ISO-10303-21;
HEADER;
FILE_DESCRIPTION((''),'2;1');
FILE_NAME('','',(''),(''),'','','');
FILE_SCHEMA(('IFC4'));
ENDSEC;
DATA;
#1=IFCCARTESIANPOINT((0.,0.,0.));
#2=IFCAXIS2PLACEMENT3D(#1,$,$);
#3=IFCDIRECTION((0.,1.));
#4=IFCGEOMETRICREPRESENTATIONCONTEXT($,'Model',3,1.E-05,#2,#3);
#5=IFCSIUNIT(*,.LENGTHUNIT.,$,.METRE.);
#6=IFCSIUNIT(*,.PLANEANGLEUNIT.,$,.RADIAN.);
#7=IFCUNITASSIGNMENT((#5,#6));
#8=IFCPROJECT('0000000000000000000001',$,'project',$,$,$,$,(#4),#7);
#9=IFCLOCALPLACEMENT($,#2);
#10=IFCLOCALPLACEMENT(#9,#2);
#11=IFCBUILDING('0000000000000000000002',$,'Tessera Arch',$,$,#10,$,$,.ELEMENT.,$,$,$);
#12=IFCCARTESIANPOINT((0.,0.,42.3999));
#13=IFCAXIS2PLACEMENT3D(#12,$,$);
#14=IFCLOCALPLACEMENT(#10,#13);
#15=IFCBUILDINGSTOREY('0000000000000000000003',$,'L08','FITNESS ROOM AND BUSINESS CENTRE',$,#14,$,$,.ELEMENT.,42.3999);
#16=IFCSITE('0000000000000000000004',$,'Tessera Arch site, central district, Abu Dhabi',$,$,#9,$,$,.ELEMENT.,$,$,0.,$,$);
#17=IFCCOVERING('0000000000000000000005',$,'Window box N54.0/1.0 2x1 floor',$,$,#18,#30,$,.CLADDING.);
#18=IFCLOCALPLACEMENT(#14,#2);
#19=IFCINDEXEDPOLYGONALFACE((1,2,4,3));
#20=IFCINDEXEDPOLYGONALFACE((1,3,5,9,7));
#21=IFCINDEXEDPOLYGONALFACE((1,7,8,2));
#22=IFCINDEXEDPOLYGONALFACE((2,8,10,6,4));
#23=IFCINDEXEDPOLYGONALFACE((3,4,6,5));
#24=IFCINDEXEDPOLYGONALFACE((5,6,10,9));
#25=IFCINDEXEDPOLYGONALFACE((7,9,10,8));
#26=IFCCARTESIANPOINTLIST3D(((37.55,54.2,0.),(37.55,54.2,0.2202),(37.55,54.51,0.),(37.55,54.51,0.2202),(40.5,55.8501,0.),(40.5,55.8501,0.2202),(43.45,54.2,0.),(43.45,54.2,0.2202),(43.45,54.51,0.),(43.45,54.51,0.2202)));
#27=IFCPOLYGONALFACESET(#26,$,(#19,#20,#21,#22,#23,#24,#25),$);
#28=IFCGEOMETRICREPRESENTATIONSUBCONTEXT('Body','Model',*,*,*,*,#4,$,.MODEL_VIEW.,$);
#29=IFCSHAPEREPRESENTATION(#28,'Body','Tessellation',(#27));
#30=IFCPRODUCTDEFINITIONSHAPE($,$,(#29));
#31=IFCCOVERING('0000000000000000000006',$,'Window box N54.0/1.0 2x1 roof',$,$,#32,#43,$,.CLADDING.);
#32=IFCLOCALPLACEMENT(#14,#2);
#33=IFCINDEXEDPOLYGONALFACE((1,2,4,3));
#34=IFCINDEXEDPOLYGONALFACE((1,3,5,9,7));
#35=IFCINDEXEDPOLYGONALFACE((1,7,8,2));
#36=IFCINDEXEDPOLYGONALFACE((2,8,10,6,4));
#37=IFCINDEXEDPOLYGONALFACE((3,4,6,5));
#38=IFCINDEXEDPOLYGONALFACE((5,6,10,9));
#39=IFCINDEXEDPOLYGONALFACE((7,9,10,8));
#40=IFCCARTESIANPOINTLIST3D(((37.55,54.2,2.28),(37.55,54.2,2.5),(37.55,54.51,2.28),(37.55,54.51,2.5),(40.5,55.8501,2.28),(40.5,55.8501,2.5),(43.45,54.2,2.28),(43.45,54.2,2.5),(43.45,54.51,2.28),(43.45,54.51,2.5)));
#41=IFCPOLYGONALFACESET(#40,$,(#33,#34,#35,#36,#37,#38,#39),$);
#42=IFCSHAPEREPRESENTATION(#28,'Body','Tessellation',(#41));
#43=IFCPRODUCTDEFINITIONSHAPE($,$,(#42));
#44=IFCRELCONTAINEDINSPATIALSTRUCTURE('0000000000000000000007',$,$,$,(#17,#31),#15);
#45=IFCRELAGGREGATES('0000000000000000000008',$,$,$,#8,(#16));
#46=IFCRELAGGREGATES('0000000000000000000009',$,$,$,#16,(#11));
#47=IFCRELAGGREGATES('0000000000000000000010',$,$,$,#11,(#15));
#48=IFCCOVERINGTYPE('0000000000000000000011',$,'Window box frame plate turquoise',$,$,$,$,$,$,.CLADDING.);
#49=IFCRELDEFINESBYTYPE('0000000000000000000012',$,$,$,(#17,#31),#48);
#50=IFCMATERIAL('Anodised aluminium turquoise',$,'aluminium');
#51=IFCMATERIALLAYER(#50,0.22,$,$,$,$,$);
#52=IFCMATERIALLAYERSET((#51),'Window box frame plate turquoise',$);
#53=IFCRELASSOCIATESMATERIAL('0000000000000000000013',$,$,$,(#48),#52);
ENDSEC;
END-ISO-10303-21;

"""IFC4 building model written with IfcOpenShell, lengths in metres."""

from ifc_helpers import new_model, si_unit, direction, frame, origin, place, context, subcontext, project, spatial, polyline, outline, extrude, material, layer, layer_set, type_object, element, save


model = new_model("IFC4")

# Units and contexts
model_context = context("Model", 3, precision=1e-05, world=origin(), true_north=direction((0.0, 1.0)))
body_context = subcontext(model_context, "Body", "Model", "MODEL_VIEW")
ifc_project = project(units=[si_unit("LENGTHUNIT", "METRE"), si_unit("PLANEANGLEUNIT", "RADIAN")], contexts=[model_context])

# Site, building, storey
site_placement = place(None, origin())
site = spatial("IfcSite", under=ifc_project, at=site_placement, Name="Tessera Arch site, central district, Abu Dhabi", CompositionType="ELEMENT", RefElevation=0.0)
building_placement = place(site_placement, origin())
building = spatial("IfcBuilding", under=site, at=building_placement, Name="Tessera Arch", CompositionType="ELEMENT")
storey_placement = place(building_placement, frame((0.0, 0.0, 42.3999)))
storey = spatial("IfcBuildingStorey", under=building, at=storey_placement, Name="L08", Description="FITNESS ROOM AND BUSINESS CENTRE", CompositionType="ELEMENT", Elevation=42.3999)

# Coverings
ifc_material_1 = material(Name="Anodised aluminium turquoise", Category="aluminium")
ifc_layer_1 = layer(ifc_material_1, 0.22)
ifc_layer_set_1 = layer_set([ifc_layer_1], Name="Window box frame plate turquoise")
covering_type_1 = type_object("IfcCoveringType", Name="Window box frame plate turquoise", PredefinedType="CLADDING", material=ifc_layer_set_1)
covering_1_placement = place(storey_placement, origin())
element("IfcCovering", 1, at=covering_1_placement, inside=storey, type_object=covering_type_1, Name="Window box N54.0/1.0 2x1 floor", PredefinedType="CLADDING", context=body_context, shape_type="SweptSolid", body=[
    extrude(outline(polyline([(43.45, 54.51), (40.5, 55.8501), (37.55, 54.51), (37.55, 54.2), (43.45, 54.2), (43.45, 54.51)])), origin(), (0.0, 0.0, 1.0), 0.2202),
])
covering_2_placement = place(storey_placement, frame((0.0, 0.0, 2.28)))
element("IfcCovering", 2, at=covering_2_placement, inside=storey, type_object=covering_type_1, Name="Window box N54.0/1.0 2x1 roof", PredefinedType="CLADDING", context=body_context, shape_type="SweptSolid", body=[
    extrude(outline(polyline([(43.45, 54.51), (40.5, 55.8501), (37.55, 54.51), (37.55, 54.2), (43.45, 54.2), (43.45, 54.51)])), origin(), (0.0, 0.0, 1.0), 0.22),
])

save(model, "model.ifc")
